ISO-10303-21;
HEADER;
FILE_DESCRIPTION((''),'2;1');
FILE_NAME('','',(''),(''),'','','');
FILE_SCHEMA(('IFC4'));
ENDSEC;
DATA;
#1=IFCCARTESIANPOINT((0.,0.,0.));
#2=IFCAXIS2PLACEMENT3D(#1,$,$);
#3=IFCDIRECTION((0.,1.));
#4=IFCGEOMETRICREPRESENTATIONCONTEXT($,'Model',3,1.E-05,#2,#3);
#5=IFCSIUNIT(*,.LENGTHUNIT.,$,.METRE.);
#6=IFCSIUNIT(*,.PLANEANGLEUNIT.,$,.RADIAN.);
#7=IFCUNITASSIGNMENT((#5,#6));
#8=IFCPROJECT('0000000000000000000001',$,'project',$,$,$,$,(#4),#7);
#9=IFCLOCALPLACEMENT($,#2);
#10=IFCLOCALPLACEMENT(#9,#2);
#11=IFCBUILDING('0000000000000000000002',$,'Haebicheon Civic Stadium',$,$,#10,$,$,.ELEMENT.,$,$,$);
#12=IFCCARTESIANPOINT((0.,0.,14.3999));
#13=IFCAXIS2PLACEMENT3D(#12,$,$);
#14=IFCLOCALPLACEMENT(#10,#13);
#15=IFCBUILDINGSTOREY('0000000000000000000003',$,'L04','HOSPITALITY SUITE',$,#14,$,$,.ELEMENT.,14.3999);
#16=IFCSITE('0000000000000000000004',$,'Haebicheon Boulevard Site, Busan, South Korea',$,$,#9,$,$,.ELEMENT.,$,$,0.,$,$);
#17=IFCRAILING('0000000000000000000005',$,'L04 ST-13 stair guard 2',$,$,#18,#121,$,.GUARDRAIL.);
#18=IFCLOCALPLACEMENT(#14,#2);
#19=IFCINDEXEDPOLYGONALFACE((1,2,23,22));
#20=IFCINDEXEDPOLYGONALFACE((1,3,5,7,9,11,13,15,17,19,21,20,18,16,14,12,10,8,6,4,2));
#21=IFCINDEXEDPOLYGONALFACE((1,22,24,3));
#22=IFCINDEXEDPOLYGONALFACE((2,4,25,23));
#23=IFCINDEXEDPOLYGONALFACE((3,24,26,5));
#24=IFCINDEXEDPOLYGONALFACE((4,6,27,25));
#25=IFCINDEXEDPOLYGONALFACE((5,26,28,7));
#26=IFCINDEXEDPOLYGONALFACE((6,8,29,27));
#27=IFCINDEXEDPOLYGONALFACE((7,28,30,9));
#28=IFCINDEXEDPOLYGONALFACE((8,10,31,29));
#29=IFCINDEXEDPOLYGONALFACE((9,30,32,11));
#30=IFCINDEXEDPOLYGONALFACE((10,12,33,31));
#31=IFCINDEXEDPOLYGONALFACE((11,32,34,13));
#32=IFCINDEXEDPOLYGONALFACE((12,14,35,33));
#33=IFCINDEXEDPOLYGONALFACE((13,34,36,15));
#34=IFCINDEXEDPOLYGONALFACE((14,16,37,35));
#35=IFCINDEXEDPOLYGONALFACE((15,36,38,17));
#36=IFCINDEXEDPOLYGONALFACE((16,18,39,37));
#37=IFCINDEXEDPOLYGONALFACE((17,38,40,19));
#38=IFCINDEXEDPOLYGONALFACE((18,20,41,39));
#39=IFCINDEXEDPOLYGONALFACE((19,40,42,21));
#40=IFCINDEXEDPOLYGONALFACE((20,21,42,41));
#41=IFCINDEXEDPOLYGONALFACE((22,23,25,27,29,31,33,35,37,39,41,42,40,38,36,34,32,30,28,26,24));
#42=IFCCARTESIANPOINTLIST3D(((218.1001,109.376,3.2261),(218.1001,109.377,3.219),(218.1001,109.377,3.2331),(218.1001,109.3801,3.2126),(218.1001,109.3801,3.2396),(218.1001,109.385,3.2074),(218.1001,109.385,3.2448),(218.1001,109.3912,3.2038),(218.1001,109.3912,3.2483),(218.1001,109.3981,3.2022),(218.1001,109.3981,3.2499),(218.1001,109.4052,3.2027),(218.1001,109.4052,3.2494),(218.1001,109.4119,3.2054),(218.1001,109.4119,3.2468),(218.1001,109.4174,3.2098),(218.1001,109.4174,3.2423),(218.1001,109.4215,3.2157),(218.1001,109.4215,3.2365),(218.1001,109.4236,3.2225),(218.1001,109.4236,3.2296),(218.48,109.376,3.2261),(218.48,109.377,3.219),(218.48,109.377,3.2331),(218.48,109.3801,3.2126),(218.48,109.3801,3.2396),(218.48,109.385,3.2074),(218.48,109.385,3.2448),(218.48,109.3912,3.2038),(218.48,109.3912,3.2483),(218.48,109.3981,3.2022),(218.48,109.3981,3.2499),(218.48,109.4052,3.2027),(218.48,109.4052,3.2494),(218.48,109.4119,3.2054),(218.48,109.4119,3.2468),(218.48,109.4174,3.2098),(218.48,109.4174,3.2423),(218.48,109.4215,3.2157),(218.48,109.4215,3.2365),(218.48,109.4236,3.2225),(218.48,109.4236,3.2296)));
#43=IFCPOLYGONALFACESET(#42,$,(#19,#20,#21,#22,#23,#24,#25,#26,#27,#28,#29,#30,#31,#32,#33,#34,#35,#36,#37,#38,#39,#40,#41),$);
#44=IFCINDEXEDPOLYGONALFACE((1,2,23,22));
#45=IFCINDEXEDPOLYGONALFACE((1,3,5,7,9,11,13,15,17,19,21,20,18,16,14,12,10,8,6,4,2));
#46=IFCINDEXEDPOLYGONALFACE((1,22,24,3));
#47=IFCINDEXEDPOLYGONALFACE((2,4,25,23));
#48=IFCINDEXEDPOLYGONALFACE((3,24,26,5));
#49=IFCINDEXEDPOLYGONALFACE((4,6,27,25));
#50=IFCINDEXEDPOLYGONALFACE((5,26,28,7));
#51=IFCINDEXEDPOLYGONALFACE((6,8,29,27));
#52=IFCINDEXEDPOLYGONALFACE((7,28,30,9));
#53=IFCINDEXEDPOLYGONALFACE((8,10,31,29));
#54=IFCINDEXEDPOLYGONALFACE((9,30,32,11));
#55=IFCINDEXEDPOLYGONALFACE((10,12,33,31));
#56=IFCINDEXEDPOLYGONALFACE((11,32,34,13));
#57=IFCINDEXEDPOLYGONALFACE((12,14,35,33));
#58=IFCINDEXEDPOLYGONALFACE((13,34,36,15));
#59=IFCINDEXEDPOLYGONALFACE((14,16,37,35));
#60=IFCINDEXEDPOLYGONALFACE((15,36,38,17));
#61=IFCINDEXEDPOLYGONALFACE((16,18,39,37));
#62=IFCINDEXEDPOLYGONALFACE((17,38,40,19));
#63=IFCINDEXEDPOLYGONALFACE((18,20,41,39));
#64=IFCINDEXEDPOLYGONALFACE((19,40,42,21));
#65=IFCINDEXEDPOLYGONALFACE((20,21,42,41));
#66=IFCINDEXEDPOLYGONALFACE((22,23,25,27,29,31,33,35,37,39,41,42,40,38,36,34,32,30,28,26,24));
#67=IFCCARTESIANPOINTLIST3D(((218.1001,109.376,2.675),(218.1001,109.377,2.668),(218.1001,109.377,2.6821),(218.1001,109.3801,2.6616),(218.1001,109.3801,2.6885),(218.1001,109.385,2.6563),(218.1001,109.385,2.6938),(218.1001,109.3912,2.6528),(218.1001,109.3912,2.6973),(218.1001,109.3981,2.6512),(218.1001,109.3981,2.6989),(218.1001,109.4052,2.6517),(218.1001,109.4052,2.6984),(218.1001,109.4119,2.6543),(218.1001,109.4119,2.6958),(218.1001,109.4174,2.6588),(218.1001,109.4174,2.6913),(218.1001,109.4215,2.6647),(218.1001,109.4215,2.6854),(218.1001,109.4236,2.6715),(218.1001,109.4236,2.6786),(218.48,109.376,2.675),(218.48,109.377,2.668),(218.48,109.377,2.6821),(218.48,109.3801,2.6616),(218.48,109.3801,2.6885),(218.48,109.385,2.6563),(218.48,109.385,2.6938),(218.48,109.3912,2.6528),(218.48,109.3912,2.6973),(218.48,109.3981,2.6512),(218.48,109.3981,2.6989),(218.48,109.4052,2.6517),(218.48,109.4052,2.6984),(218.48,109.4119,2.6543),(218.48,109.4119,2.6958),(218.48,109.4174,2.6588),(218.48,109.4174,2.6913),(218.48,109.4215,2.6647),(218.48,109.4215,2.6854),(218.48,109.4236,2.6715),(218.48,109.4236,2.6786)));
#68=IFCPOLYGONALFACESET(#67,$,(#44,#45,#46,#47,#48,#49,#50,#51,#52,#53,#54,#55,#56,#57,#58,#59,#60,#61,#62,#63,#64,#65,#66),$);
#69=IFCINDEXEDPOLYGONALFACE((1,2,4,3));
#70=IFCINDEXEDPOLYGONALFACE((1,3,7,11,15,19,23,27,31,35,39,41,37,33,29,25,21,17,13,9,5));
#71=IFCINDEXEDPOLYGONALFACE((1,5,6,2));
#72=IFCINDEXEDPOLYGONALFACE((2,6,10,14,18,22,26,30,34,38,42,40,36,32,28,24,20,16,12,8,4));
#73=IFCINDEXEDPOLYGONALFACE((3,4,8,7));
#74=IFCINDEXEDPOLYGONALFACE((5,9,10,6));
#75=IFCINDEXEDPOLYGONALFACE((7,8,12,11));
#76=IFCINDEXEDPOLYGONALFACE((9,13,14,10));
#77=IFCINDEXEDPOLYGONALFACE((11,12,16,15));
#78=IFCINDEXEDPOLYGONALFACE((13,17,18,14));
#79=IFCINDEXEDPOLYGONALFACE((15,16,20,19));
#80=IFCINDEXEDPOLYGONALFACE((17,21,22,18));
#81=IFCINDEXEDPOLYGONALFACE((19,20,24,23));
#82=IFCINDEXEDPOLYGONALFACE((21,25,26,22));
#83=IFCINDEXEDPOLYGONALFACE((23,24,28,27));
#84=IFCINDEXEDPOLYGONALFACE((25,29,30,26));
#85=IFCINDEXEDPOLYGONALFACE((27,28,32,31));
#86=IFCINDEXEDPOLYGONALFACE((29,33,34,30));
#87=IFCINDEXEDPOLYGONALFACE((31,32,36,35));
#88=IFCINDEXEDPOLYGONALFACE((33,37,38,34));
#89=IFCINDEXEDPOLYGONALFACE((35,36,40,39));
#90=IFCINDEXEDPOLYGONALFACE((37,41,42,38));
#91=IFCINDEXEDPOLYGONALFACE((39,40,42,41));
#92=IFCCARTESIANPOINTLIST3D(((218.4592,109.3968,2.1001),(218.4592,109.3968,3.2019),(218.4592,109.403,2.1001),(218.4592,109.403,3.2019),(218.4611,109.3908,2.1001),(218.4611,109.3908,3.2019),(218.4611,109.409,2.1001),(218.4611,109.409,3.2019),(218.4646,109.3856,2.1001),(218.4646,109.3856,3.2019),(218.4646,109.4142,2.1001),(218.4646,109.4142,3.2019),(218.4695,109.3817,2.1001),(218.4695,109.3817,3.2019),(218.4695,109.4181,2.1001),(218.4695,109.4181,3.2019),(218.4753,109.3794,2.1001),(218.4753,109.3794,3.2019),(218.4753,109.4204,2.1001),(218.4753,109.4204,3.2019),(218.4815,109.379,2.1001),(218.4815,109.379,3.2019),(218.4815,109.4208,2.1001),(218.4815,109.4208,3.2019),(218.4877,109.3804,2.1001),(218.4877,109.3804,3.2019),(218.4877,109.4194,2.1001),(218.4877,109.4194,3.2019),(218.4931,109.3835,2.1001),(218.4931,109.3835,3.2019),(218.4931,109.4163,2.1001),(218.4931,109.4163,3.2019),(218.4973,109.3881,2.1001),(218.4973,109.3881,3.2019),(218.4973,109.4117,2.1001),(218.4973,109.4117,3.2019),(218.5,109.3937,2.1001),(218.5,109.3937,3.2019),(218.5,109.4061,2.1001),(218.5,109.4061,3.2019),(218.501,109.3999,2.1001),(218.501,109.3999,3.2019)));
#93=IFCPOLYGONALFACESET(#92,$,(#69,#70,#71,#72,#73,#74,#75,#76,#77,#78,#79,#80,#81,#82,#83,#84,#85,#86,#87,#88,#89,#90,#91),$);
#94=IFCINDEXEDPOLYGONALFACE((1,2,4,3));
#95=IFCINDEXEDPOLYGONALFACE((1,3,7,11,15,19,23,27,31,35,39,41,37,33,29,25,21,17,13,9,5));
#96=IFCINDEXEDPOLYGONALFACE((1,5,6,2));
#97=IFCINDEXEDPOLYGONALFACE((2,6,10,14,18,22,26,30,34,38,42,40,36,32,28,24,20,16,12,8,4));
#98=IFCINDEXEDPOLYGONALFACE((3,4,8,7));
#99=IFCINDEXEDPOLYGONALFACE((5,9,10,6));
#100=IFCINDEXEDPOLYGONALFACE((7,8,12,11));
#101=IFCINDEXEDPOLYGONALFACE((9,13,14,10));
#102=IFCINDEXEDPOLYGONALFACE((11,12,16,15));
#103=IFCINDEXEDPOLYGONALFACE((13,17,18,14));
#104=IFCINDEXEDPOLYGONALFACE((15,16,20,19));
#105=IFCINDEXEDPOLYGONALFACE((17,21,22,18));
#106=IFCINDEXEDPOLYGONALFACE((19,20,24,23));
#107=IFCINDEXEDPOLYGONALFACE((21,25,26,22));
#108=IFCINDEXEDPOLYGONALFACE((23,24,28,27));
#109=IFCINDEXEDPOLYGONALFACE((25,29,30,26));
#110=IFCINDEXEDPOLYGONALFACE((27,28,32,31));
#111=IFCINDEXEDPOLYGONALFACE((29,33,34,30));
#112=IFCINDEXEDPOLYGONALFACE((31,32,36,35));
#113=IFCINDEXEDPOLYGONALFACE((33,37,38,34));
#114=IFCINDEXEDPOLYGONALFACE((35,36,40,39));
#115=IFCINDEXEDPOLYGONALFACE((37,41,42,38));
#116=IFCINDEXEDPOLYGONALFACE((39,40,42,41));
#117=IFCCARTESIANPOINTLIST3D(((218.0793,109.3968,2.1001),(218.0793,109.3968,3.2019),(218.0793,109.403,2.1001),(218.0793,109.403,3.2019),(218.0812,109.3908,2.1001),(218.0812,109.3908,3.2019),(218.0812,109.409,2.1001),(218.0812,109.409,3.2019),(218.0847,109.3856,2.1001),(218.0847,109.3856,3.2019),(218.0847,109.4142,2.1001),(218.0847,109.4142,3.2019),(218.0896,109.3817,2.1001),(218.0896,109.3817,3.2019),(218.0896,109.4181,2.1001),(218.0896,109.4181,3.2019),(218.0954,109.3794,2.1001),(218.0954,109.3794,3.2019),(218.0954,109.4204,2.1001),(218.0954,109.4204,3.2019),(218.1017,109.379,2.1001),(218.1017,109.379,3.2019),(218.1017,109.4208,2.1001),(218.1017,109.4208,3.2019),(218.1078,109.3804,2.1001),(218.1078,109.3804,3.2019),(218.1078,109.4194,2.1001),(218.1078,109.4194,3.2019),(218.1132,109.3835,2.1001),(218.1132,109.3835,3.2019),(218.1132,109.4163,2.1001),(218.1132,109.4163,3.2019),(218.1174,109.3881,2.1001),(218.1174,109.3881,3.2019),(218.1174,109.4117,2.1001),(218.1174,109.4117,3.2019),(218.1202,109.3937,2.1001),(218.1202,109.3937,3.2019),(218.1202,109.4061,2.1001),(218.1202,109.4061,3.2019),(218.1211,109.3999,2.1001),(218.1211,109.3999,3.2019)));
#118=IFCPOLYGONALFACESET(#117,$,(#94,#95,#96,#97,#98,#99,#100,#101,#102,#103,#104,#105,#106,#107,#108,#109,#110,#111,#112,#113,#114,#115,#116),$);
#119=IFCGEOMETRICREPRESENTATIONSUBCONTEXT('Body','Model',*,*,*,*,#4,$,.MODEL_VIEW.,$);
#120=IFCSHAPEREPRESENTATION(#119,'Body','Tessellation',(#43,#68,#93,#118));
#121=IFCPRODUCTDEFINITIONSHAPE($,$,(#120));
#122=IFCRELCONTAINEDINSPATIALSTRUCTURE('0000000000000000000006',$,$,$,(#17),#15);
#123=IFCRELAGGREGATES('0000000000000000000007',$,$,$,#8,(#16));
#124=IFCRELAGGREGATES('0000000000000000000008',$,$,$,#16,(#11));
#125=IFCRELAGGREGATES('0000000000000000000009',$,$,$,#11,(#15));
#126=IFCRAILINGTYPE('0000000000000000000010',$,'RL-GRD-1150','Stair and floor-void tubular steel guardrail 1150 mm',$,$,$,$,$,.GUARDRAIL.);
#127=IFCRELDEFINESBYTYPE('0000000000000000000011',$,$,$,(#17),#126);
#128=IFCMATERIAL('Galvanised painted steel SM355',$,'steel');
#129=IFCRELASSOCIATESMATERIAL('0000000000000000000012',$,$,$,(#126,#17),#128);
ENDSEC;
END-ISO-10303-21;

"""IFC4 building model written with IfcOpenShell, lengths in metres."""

from ifc_helpers import new_model, si_unit, direction, frame, origin, origin_2d, place, context, subcontext, project, spatial, circle, extrude, material, type_object, element, save


model = new_model("IFC4")

# Units and contexts
model_context = context("Model", 3, precision=1e-05, world=origin(), true_north=direction((0.0, 1.0)))
body_context = subcontext(model_context, "Body", "Model", "MODEL_VIEW")
ifc_project = project(units=[si_unit("LENGTHUNIT", "METRE"), si_unit("PLANEANGLEUNIT", "RADIAN")], contexts=[model_context])

# Site, building, storey
site_placement = place(None, origin())
site = spatial("IfcSite", under=ifc_project, at=site_placement, Name="Haebicheon Boulevard Site, Busan, South Korea", CompositionType="ELEMENT", RefElevation=0.0)
building_placement = place(site_placement, origin())
building = spatial("IfcBuilding", under=site, at=building_placement, Name="Haebicheon Civic Stadium", CompositionType="ELEMENT")
storey_placement = place(building_placement, frame((0.0, 0.0, 14.3999)))
storey = spatial("IfcBuildingStorey", under=building, at=storey_placement, Name="L04", Description="HOSPITALITY SUITE", CompositionType="ELEMENT", Elevation=14.3999)

# Railing
ifc_material_1 = material(Name="Galvanised painted steel SM355", Category="steel")
railing_type_1 = type_object("IfcRailingType", Name="RL-GRD-1150", Description="Stair and floor-void tubular steel guardrail 1150 mm", PredefinedType="GUARDRAIL", material=ifc_material_1)
railing_1_placement = place(storey_placement, frame((218.48, 109.3999, 2.1001)))
element("IfcRailing", 1, at=railing_1_placement, inside=storey, type_object=railing_type_1, material=ifc_material_1, Name="L04 ST-13 stair guard 2", PredefinedType="GUARDRAIL", context=body_context, shape_type="SweptSolid", body=[
    extrude(circle(Radius=0.0239, at=origin_2d()), frame((0.0, 0.0, 1.126), z_axis=(-1.0, 0.0, 0.0), x_axis=(0.0, -1.0, 0.0)), (0.0, 0.0, 1.0), 0.3799),
    extrude(circle(Radius=0.0239, at=origin_2d()), frame((0.0, 0.0, 0.575), z_axis=(-1.0, 0.0, 0.0), x_axis=(0.0, -1.0, 0.0)), (0.0, 0.0, 1.0), 0.3799),
    extrude(circle(Radius=0.021, at=origin_2d()), origin(), (0.0, 0.0, 1.0), 1.1018),
    extrude(circle(Radius=0.021, at=origin_2d()), frame((-0.3799, 0.0, 0.0)), (0.0, 0.0, 1.0), 1.1018),
])

save(model, "model.ifc")
